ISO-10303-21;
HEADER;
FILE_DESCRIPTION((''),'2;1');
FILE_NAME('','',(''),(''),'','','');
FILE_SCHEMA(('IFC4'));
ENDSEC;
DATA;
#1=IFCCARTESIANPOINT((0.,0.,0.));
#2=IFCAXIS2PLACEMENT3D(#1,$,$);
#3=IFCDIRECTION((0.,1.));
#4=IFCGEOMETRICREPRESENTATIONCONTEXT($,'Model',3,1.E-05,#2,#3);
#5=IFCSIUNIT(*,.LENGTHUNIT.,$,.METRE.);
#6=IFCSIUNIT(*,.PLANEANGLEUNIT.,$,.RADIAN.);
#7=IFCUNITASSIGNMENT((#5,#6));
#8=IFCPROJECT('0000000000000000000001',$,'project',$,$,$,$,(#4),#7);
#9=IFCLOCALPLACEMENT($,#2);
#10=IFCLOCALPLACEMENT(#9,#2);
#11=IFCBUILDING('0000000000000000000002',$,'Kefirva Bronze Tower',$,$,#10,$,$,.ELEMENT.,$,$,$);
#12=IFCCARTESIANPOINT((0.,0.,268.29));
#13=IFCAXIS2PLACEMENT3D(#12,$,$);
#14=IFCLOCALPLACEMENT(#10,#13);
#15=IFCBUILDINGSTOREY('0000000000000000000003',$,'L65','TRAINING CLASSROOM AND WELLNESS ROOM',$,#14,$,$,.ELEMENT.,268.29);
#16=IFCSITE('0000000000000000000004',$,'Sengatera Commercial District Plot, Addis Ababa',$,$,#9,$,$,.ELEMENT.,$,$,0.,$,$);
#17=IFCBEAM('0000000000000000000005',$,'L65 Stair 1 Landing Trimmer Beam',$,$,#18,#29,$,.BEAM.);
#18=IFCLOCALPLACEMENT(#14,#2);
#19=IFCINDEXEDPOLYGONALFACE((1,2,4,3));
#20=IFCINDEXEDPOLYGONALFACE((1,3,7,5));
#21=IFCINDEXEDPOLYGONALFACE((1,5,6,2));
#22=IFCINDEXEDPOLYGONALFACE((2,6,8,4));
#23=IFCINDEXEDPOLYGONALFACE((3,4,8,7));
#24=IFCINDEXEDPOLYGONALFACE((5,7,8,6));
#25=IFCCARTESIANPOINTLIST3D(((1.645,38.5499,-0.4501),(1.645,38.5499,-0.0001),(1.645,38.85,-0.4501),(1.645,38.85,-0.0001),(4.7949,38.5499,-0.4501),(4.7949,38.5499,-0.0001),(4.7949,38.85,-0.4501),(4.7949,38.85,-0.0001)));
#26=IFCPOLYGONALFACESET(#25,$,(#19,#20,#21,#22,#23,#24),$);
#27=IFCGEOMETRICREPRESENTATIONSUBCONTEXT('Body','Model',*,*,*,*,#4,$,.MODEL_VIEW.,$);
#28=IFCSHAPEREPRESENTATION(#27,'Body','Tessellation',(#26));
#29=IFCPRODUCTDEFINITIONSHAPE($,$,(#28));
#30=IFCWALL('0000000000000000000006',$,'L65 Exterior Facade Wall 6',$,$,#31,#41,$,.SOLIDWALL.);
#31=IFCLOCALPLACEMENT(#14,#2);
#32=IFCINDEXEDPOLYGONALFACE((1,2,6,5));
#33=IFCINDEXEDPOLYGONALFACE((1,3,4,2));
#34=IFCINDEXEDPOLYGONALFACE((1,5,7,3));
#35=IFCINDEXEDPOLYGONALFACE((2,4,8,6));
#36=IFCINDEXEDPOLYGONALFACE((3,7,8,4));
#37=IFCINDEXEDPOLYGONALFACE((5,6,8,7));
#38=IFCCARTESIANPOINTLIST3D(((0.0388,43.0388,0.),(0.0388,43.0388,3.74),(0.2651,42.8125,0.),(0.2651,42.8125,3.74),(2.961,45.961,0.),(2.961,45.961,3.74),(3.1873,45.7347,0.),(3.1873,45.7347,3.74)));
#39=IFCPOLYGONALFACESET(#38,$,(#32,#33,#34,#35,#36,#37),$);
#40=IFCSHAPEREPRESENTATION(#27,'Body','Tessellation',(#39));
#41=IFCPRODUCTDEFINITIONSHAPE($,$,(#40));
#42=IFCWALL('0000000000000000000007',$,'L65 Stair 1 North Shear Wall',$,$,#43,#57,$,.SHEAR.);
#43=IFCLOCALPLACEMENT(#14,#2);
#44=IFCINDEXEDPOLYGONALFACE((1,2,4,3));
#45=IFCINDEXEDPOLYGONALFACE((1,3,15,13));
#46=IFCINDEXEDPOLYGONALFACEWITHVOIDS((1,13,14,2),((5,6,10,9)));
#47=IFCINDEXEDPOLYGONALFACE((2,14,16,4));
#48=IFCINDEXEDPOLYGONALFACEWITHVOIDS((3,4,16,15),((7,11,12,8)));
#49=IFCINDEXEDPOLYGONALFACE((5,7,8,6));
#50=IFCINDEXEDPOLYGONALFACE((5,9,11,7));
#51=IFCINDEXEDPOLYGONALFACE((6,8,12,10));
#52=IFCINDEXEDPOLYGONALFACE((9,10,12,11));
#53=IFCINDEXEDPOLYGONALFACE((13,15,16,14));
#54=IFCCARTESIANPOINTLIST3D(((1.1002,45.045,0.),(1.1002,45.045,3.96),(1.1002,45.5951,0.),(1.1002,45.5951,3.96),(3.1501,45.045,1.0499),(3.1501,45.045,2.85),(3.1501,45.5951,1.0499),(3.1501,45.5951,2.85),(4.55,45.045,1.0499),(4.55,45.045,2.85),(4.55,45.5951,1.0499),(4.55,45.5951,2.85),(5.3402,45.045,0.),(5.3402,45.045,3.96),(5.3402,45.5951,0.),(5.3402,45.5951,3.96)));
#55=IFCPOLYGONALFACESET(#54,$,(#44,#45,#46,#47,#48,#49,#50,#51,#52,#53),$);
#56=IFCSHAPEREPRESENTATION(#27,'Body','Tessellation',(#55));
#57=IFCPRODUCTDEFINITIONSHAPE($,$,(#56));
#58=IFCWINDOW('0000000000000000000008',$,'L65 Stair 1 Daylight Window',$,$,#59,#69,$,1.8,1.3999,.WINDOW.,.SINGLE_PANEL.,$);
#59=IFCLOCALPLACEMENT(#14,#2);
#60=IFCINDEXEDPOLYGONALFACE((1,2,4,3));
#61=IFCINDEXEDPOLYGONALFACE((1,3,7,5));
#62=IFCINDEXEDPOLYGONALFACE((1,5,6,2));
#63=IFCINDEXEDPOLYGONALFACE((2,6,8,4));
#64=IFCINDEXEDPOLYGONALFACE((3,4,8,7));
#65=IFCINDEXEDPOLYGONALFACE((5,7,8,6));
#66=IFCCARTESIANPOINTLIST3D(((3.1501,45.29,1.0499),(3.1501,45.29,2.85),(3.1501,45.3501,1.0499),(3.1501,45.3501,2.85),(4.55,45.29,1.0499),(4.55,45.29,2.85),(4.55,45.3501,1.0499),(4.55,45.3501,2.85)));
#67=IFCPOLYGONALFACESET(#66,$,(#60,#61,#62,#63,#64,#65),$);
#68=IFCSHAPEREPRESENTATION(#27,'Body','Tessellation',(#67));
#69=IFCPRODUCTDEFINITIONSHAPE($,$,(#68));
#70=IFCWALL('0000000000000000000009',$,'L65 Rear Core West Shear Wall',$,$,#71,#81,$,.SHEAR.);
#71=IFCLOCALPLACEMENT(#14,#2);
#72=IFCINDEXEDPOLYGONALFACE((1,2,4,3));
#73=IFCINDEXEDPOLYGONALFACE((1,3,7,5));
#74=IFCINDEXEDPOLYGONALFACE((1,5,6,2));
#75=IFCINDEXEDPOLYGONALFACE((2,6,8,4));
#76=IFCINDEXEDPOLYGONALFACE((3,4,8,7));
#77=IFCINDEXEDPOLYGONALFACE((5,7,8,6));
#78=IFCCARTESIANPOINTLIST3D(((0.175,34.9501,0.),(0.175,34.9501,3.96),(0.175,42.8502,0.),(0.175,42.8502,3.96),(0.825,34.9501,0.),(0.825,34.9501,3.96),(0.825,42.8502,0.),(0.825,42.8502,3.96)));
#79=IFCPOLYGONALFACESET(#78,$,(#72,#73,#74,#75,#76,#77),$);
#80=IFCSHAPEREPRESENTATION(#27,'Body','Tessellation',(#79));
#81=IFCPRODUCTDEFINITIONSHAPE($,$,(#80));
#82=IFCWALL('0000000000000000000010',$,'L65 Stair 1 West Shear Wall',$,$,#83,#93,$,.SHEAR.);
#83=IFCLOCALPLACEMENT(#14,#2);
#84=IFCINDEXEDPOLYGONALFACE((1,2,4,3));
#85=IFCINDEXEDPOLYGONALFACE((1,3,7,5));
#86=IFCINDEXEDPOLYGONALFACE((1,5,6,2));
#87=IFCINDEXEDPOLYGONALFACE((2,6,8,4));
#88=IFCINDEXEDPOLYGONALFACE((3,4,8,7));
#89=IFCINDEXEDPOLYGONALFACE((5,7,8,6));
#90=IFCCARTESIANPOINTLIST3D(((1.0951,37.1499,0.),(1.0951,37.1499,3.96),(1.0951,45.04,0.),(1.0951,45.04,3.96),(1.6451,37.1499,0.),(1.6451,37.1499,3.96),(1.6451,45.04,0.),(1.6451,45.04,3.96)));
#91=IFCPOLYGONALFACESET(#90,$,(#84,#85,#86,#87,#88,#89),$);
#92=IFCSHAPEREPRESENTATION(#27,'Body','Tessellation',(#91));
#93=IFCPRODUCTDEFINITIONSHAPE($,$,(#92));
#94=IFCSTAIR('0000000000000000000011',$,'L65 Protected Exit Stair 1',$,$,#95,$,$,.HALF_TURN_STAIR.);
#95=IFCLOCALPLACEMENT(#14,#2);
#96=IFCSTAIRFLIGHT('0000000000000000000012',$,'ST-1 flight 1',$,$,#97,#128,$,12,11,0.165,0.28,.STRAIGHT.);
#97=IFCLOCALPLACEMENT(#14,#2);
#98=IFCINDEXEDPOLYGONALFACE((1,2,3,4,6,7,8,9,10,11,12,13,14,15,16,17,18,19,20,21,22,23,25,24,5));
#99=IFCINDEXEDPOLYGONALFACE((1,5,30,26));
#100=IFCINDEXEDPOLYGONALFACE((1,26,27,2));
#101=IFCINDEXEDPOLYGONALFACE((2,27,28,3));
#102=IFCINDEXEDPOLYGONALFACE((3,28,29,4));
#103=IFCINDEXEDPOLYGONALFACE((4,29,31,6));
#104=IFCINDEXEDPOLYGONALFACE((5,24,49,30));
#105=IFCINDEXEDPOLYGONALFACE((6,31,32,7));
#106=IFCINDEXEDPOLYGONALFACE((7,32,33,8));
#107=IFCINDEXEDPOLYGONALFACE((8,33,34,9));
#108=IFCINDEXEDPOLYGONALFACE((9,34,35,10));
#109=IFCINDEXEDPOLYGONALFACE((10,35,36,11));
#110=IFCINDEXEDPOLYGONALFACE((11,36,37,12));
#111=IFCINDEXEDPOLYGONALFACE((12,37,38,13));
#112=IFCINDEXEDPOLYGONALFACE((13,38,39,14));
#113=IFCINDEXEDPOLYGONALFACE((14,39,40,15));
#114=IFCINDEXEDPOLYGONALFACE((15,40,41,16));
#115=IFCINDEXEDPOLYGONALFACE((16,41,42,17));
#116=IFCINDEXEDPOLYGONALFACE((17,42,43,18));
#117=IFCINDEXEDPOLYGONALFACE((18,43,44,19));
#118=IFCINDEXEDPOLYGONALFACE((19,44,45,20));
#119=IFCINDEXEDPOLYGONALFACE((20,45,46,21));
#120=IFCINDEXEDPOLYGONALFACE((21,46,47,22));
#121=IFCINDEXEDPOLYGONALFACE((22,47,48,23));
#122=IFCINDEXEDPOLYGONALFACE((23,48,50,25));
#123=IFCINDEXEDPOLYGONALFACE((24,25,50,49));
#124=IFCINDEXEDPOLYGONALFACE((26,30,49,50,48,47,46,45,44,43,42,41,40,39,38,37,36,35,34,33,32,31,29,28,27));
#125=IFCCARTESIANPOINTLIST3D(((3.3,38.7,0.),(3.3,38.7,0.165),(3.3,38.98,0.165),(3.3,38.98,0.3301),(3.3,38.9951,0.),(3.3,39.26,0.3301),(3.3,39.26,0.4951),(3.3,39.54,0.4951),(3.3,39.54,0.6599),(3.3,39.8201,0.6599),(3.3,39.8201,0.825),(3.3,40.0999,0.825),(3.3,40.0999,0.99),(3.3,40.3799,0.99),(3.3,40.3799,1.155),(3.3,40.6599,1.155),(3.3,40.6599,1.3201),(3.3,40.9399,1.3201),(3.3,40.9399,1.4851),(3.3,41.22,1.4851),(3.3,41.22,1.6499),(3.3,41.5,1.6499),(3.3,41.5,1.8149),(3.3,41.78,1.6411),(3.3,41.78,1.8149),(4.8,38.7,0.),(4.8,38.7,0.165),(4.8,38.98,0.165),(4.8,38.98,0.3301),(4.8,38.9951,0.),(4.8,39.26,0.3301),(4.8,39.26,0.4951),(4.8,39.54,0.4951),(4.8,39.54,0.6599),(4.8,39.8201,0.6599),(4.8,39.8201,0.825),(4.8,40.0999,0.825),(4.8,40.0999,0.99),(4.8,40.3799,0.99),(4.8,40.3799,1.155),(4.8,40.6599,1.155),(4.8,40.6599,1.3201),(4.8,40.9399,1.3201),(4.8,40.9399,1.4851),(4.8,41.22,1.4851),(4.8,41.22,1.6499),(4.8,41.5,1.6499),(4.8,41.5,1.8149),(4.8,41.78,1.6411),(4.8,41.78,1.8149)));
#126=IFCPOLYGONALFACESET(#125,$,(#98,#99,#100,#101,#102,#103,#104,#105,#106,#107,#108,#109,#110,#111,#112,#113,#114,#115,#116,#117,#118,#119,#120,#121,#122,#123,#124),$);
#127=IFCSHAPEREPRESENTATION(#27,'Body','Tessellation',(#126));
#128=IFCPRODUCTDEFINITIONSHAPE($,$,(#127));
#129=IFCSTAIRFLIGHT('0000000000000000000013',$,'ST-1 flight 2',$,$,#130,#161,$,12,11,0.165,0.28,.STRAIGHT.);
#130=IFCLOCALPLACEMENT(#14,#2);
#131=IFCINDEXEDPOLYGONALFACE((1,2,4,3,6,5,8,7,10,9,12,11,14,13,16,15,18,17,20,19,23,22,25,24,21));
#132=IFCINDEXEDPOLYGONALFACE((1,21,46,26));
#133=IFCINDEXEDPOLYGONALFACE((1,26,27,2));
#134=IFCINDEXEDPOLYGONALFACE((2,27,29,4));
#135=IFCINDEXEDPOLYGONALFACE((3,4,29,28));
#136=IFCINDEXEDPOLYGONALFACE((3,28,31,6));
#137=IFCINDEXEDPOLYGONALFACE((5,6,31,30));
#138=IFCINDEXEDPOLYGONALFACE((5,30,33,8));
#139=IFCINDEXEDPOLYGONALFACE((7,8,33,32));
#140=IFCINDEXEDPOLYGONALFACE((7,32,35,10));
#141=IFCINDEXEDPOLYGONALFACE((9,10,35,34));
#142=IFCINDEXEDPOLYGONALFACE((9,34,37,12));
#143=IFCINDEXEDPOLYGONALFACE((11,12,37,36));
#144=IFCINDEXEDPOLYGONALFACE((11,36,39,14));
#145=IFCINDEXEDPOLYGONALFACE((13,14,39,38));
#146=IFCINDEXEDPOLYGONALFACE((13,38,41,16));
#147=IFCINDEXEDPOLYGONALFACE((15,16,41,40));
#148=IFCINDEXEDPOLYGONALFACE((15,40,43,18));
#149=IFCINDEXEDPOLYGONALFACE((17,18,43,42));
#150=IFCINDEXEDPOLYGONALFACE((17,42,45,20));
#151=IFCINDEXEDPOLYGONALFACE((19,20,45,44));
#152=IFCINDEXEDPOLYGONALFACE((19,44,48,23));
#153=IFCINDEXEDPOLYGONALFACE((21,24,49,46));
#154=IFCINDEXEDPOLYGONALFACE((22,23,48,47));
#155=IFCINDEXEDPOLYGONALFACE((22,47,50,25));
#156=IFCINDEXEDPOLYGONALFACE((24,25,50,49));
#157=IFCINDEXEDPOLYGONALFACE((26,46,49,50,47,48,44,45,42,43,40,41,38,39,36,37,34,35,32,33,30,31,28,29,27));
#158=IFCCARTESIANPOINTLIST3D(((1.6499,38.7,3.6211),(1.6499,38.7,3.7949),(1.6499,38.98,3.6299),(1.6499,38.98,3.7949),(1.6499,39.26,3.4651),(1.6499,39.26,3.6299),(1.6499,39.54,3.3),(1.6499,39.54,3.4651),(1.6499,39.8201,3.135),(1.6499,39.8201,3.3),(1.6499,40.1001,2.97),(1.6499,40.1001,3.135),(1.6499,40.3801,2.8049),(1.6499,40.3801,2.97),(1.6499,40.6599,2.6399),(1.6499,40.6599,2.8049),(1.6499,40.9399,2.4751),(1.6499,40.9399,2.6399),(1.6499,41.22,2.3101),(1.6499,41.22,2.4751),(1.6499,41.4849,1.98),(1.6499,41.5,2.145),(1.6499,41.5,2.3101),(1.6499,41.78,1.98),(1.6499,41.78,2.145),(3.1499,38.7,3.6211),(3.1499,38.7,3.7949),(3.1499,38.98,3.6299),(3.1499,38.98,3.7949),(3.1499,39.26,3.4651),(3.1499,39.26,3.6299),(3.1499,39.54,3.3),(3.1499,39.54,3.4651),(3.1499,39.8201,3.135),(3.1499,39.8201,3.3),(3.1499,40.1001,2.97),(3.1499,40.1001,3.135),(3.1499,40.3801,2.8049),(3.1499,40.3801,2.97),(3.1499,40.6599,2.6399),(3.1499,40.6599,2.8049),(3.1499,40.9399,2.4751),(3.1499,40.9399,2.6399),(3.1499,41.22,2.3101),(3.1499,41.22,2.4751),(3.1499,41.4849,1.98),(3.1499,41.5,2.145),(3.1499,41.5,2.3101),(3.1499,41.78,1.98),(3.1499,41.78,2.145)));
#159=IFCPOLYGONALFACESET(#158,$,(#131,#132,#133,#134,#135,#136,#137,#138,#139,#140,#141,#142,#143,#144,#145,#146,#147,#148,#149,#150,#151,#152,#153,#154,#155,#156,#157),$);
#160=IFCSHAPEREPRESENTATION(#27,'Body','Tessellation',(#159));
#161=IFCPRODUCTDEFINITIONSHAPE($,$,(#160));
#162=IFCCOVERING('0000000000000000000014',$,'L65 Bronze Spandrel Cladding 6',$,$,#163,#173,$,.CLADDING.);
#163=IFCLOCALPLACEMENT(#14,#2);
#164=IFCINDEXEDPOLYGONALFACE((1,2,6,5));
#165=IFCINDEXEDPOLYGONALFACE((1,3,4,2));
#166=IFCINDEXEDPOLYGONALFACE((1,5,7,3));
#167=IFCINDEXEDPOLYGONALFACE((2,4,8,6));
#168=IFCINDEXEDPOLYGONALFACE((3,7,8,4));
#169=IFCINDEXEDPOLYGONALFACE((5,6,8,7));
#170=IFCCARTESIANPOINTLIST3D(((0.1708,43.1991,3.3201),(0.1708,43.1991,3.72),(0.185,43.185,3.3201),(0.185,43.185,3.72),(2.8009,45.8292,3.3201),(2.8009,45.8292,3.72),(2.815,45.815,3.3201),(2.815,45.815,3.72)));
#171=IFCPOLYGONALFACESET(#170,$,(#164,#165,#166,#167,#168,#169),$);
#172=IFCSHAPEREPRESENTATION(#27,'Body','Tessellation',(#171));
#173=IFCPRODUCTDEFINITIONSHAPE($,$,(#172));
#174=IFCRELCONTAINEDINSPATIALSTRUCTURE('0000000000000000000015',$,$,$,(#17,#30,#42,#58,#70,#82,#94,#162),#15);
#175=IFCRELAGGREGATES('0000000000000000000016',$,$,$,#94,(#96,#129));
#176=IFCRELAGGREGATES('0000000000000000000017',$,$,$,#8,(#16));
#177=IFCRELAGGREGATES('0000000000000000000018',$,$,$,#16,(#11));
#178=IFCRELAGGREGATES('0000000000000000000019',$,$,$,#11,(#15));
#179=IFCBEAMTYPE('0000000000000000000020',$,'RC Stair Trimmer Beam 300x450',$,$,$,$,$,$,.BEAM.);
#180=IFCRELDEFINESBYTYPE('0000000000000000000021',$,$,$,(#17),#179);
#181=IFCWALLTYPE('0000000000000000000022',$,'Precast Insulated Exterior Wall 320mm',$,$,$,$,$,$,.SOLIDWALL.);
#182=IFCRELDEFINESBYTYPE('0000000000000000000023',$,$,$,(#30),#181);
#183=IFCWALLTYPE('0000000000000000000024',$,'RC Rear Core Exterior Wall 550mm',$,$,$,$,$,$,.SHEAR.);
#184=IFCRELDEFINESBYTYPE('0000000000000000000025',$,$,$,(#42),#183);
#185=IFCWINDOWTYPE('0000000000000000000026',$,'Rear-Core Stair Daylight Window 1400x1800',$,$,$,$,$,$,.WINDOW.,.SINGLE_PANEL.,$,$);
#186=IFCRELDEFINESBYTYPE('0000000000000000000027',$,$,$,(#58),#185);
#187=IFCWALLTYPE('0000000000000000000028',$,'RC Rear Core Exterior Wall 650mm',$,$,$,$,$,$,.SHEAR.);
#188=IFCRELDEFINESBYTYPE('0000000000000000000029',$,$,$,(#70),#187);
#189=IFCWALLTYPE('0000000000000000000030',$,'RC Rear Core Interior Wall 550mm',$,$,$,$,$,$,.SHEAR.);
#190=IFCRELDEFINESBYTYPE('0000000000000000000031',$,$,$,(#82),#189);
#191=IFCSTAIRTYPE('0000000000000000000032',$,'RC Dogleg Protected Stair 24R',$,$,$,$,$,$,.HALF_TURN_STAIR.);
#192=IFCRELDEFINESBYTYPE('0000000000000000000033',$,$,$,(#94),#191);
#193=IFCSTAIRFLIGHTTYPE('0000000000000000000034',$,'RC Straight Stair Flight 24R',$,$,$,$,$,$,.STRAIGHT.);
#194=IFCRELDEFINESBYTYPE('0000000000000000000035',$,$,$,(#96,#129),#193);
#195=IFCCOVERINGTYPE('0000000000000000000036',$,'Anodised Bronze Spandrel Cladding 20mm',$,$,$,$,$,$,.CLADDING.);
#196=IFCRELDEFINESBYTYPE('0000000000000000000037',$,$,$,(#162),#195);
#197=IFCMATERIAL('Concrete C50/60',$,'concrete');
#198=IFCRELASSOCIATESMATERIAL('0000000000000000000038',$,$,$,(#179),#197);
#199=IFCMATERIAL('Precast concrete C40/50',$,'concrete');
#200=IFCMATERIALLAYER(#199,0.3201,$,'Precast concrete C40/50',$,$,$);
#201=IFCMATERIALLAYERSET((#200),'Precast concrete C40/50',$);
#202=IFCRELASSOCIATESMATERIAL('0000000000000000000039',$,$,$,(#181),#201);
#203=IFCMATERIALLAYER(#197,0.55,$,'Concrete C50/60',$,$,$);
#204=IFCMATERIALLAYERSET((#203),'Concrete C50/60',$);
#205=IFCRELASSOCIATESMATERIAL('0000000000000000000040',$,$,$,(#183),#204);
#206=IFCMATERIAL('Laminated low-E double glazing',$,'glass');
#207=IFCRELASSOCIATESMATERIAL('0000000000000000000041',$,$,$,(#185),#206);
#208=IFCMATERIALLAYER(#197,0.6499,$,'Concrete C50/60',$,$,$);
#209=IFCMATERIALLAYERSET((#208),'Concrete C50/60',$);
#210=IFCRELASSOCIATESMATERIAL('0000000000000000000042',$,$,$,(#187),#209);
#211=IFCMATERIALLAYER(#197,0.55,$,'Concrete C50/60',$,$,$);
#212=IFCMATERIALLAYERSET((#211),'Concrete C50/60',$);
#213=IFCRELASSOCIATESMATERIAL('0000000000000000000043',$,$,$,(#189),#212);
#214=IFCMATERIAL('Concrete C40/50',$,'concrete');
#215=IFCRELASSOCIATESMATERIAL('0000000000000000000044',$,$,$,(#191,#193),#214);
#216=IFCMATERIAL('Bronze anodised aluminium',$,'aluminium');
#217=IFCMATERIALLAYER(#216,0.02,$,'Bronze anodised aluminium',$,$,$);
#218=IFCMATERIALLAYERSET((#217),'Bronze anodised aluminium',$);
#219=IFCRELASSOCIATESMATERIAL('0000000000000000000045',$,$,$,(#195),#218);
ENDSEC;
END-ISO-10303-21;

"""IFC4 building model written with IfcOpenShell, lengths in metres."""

from ifc_helpers import new_model, si_unit, direction, frame, frame_2d, origin, origin_2d, place, context, subcontext, project, spatial, polyline, rectangle, outline, extrude, material, layer, layer_set, material_profile, profile_set, type_object, element, fill, aggregate, save


model = new_model("IFC4")

# Units and contexts
model_context = context("Model", 3, precision=1e-05, world=origin(), true_north=direction((0.0, 1.0)))
body_context = subcontext(model_context, "Body", "Model", "MODEL_VIEW")
ifc_project = project(units=[si_unit("LENGTHUNIT", "METRE"), si_unit("PLANEANGLEUNIT", "RADIAN")], contexts=[model_context])

# Site, building, storey
site_placement = place(None, origin())
site = spatial("IfcSite", under=ifc_project, at=site_placement, Name="Sengatera Commercial District Plot, Addis Ababa", CompositionType="ELEMENT", RefElevation=0.0)
building_placement = place(site_placement, origin())
building = spatial("IfcBuilding", under=site, at=building_placement, Name="Kefirva Bronze Tower", CompositionType="ELEMENT")
storey_placement = place(building_placement, frame((0.0, 0.0, 268.29)))
storey = spatial("IfcBuildingStorey", under=building, at=storey_placement, Name="L65", Description="TRAINING CLASSROOM AND WELLNESS ROOM", CompositionType="ELEMENT", Elevation=268.29)

# Beam
ifc_material_1 = material(Name="Concrete C50/60", Category="concrete")
ifc_material_profile = material_profile(ifc_material_1, rectangle(XDim=0.3, YDim=0.45, at=origin_2d()), Name="RC 300x450")
ifc_profile_set = profile_set([ifc_material_profile], Name="Concrete C50/60")
beam_type = type_object("IfcBeamType", Name="RC Stair Trimmer Beam 300x450", PredefinedType="BEAM", material=ifc_profile_set)
beam_placement = place(storey_placement, frame((1.645, 38.7, -0.2251), z_axis=(1.0, 0.0, 0.0), x_axis=(0.0, 1.0, 0.0)))
element("IfcBeam", 1, at=beam_placement, inside=storey, type_object=beam_type, Name="L65 Stair 1 Landing Trimmer Beam", PredefinedType="BEAM", context=body_context, shape_type="SweptSolid", body=[
    extrude(rectangle(XDim=0.3, YDim=0.45, at=origin_2d()), origin(), (0.0, 0.0, 1.0), 3.1499),
])

# Wall
ifc_material_2 = material(Name="Precast concrete C40/50", Category="concrete")
ifc_layer_1 = layer(ifc_material_2, 0.3201, Name="Precast concrete C40/50")
ifc_layer_set_1 = layer_set([ifc_layer_1], Name="Precast concrete C40/50")
wall_type_1 = type_object("IfcWallType", Name="Precast Insulated Exterior Wall 320mm", PredefinedType="SOLIDWALL", material=ifc_layer_set_1)
wall_1_placement = place(storey_placement, frame((3.0742, 45.8479, 0.0), z_axis=(0.0, 0.0, 1.0), x_axis=(-0.707107, -0.707107, 0.0)))
element("IfcWall", 2, at=wall_1_placement, inside=storey, type_object=wall_type_1, Name="L65 Exterior Facade Wall 6", PredefinedType="SOLIDWALL", context=body_context, shape_type="SweptSolid", body=[
    extrude(rectangle(XDim=4.1326, YDim=0.3201, at=frame_2d((2.0664, 0.0))), origin(), (0.0, 0.0, 1.0), 3.74),
])

# Wall, opening, window
ifc_layer_2 = layer(ifc_material_1, 0.55, Name="Concrete C50/60")
ifc_layer_set_2 = layer_set([ifc_layer_2], Name="Concrete C50/60")
wall_type_2 = type_object("IfcWallType", Name="RC Rear Core Exterior Wall 550mm", PredefinedType="SHEAR", material=ifc_layer_set_2)
wall_2_placement = place(storey_placement, frame((1.1001, 45.3201, 0.0), z_axis=(0.0, 0.0, 1.0), x_axis=(1.0, 0.0, 0.0)))
wall_2 = element("IfcWall", 3, at=wall_2_placement, inside=storey, type_object=wall_type_2, Name="L65 Stair 1 North Shear Wall", PredefinedType="SHEAR", context=body_context, shape_type="SweptSolid", body=[
    extrude(rectangle(XDim=4.24, YDim=0.55, at=frame_2d((2.1201, 0.0))), origin(), (0.0, 0.0, 1.0), 3.96),
])
opening_1_placement = place(wall_2_placement, frame((2.05, 0.0, 1.05)))
opening_1 = element("IfcOpeningElement", 4, at=opening_1_placement, cuts=wall_2, PredefinedType="OPENING", context=body_context, shape_type="SweptSolid", body=[
    extrude(rectangle(XDim=1.3999, YDim=1.8, at=frame_2d((0.7, 0.8999))), frame((0.0, 0.2852, 0.0), z_axis=(0.0, -1.0, 0.0), x_axis=(1.0, 0.0, 0.0)), (0.0, 0.0, 1.0), 0.5701),
])
ifc_material_3 = material(Name="Laminated low-E double glazing", Category="glass")
window_type = type_object("IfcWindowType", Name="Rear-Core Stair Daylight Window 1400x1800", PartitioningType="SINGLE_PANEL", PredefinedType="WINDOW", material=ifc_material_3)
window_placement = place(opening_1_placement, origin())
window = element("IfcWindow", 5, at=window_placement, inside=storey, type_object=window_type, Name="L65 Stair 1 Daylight Window", OverallHeight=1.8, OverallWidth=1.3999, PartitioningType="SINGLE_PANEL", PredefinedType="WINDOW", context=body_context, shape_type="SweptSolid", body=[
    extrude(rectangle(XDim=1.3999, YDim=1.8, at=frame_2d((0.7, 0.8999))), frame((0.0, 0.03, 0.0), z_axis=(0.0, -1.0, 0.0), x_axis=(1.0, 0.0, 0.0)), (0.0, 0.0, 1.0), 0.0601),
])
fill(opening_1, window)

# Walls
ifc_layer_3 = layer(ifc_material_1, 0.6499, Name="Concrete C50/60")
ifc_layer_set_3 = layer_set([ifc_layer_3], Name="Concrete C50/60")
wall_type_3 = type_object("IfcWallType", Name="RC Rear Core Exterior Wall 650mm", PredefinedType="SHEAR", material=ifc_layer_set_3)
wall_3_placement = place(storey_placement, frame((0.5, 34.95, 0.0), z_axis=(0.0, 0.0, 1.0), x_axis=(0.0, 1.0, 0.0)))
element("IfcWall", 6, at=wall_3_placement, inside=storey, type_object=wall_type_3, Name="L65 Rear Core West Shear Wall", PredefinedType="SHEAR", context=body_context, shape_type="SweptSolid", body=[
    extrude(rectangle(XDim=7.9001, YDim=0.6499, at=frame_2d((3.9502, 0.0))), origin(), (0.0, 0.0, 1.0), 3.96),
])
ifc_layer_4 = layer(ifc_material_1, 0.55, Name="Concrete C50/60")
ifc_layer_set_4 = layer_set([ifc_layer_4], Name="Concrete C50/60")
wall_type_4 = type_object("IfcWallType", Name="RC Rear Core Interior Wall 550mm", PredefinedType="SHEAR", material=ifc_layer_set_4)
wall_4_placement = place(storey_placement, frame((1.3701, 37.1499, 0.0), z_axis=(0.0, 0.0, 1.0), x_axis=(0.0, 1.0, 0.0)))
element("IfcWall", 7, at=wall_4_placement, inside=storey, type_object=wall_type_4, Name="L65 Stair 1 West Shear Wall", PredefinedType="SHEAR", context=body_context, shape_type="SweptSolid", body=[
    extrude(rectangle(XDim=7.8901, YDim=0.55, at=frame_2d((3.9451, 0.0))), origin(), (0.0, 0.0, 1.0), 3.96),
])

# Stair, stair flights
ifc_material_4 = material(Name="Concrete C40/50", Category="concrete")
stair_type = type_object("IfcStairType", Name="RC Dogleg Protected Stair 24R", PredefinedType="HALF_TURN_STAIR", material=ifc_material_4)
stair_placement = place(storey_placement, origin())
stair = element("IfcStair", 8, at=stair_placement, inside=storey, type_object=stair_type, Name="L65 Protected Exit Stair 1", PredefinedType="HALF_TURN_STAIR")
stair_flight_type = type_object("IfcStairFlightType", Name="RC Straight Stair Flight 24R", PredefinedType="STRAIGHT", material=ifc_material_4)
stair_flight_1_placement = place(storey_placement, frame((4.05, 38.7, 0.0), z_axis=(0.0, 0.0, 1.0), x_axis=(0.0, 1.0, 0.0)))
stair_flight_1 = element("IfcStairFlight", 9, at=stair_flight_1_placement, type_object=stair_flight_type, Name="ST-1 flight 1", NumberOfRisers=12, NumberOfTreads=11, PredefinedType="STRAIGHT", RiserHeight=0.165, TreadLength=0.28, context=body_context, shape_type="SweptSolid", body=[
    extrude(outline(polyline([(0.0, 0.0), (0.0, 0.165), (0.28, 0.165), (0.28, 0.3301), (0.5601, 0.3301), (0.5601, 0.4951), (0.8401, 0.4951), (0.8401, 0.6599), (1.1201, 0.6599), (1.1201, 0.825), (1.3999, 0.825), (1.3999, 0.99), (1.6799, 0.99), (1.6799, 1.155), (1.96, 1.155), (1.96, 1.3201), (2.24, 1.3201), (2.24, 1.4851), (2.52, 1.4851), (2.52, 1.6499), (2.8, 1.6499), (2.8, 1.8149), (3.0801, 1.8149), (3.0801, 1.98), (3.0801, 1.6411), (0.2952, 0.0), (0.0, 0.0)])), frame((0.0, 0.75, 0.0), z_axis=(0.0, -1.0, 0.0), x_axis=(1.0, 0.0, 0.0)), (0.0, 0.0, 1.0), 1.5),
])
stair_flight_2_placement = place(storey_placement, frame((2.3999, 41.78, 1.98), z_axis=(0.0, 0.0, 1.0), x_axis=(0.0, -1.0, 0.0)))
stair_flight_2 = element("IfcStairFlight", 10, at=stair_flight_2_placement, type_object=stair_flight_type, Name="ST-1 flight 2", NumberOfRisers=12, NumberOfTreads=11, PredefinedType="STRAIGHT", RiserHeight=0.165, TreadLength=0.28, context=body_context, shape_type="SweptSolid", body=[
    extrude(outline(polyline([(0.0, 0.0), (0.0, 0.165), (0.28, 0.165), (0.28, 0.3301), (0.5601, 0.3301), (0.5601, 0.4951), (0.8401, 0.4951), (0.8401, 0.6599), (1.1201, 0.6599), (1.1201, 0.825), (1.3999, 0.825), (1.3999, 0.99), (1.6799, 0.99), (1.6799, 1.155), (1.96, 1.155), (1.96, 1.3201), (2.24, 1.3201), (2.24, 1.4851), (2.52, 1.4851), (2.52, 1.6499), (2.8, 1.6499), (2.8, 1.8149), (3.0801, 1.8149), (3.0801, 1.98), (3.0801, 1.6411), (0.2952, 0.0), (0.0, 0.0)])), frame((0.0, 0.75, 0.0), z_axis=(0.0, -1.0, 0.0), x_axis=(1.0, 0.0, 0.0)), (0.0, 0.0, 1.0), 1.5),
])
aggregate(stair, [stair_flight_1, stair_flight_2])

# Covering
ifc_material_5 = material(Name="Bronze anodised aluminium", Category="aluminium")
ifc_layer_5 = layer(ifc_material_5, 0.02, Name="Bronze anodised aluminium")
ifc_layer_set_5 = layer_set([ifc_layer_5], Name="Bronze anodised aluminium")
covering_type_1 = type_object("IfcCoveringType", Name="Anodised Bronze Spandrel Cladding 20mm", PredefinedType="CLADDING", material=ifc_layer_set_5)
covering_1_placement = place(storey_placement, frame((1.4929, 44.5071, 3.3201), z_axis=(0.0, 0.0, 1.0), x_axis=(-0.707107, -0.707107, 0.0)))
element("IfcCovering", 11, at=covering_1_placement, inside=storey, type_object=covering_type_1, Name="L65 Bronze Spandrel Cladding 6", PredefinedType="CLADDING", context=body_context, shape_type="SweptSolid", body=[
    extrude(rectangle(XDim=3.7195, YDim=0.02, at=origin_2d()), origin(), (0.0, 0.0, 1.0), 0.3999),
])

save(model, "model.ifc")
